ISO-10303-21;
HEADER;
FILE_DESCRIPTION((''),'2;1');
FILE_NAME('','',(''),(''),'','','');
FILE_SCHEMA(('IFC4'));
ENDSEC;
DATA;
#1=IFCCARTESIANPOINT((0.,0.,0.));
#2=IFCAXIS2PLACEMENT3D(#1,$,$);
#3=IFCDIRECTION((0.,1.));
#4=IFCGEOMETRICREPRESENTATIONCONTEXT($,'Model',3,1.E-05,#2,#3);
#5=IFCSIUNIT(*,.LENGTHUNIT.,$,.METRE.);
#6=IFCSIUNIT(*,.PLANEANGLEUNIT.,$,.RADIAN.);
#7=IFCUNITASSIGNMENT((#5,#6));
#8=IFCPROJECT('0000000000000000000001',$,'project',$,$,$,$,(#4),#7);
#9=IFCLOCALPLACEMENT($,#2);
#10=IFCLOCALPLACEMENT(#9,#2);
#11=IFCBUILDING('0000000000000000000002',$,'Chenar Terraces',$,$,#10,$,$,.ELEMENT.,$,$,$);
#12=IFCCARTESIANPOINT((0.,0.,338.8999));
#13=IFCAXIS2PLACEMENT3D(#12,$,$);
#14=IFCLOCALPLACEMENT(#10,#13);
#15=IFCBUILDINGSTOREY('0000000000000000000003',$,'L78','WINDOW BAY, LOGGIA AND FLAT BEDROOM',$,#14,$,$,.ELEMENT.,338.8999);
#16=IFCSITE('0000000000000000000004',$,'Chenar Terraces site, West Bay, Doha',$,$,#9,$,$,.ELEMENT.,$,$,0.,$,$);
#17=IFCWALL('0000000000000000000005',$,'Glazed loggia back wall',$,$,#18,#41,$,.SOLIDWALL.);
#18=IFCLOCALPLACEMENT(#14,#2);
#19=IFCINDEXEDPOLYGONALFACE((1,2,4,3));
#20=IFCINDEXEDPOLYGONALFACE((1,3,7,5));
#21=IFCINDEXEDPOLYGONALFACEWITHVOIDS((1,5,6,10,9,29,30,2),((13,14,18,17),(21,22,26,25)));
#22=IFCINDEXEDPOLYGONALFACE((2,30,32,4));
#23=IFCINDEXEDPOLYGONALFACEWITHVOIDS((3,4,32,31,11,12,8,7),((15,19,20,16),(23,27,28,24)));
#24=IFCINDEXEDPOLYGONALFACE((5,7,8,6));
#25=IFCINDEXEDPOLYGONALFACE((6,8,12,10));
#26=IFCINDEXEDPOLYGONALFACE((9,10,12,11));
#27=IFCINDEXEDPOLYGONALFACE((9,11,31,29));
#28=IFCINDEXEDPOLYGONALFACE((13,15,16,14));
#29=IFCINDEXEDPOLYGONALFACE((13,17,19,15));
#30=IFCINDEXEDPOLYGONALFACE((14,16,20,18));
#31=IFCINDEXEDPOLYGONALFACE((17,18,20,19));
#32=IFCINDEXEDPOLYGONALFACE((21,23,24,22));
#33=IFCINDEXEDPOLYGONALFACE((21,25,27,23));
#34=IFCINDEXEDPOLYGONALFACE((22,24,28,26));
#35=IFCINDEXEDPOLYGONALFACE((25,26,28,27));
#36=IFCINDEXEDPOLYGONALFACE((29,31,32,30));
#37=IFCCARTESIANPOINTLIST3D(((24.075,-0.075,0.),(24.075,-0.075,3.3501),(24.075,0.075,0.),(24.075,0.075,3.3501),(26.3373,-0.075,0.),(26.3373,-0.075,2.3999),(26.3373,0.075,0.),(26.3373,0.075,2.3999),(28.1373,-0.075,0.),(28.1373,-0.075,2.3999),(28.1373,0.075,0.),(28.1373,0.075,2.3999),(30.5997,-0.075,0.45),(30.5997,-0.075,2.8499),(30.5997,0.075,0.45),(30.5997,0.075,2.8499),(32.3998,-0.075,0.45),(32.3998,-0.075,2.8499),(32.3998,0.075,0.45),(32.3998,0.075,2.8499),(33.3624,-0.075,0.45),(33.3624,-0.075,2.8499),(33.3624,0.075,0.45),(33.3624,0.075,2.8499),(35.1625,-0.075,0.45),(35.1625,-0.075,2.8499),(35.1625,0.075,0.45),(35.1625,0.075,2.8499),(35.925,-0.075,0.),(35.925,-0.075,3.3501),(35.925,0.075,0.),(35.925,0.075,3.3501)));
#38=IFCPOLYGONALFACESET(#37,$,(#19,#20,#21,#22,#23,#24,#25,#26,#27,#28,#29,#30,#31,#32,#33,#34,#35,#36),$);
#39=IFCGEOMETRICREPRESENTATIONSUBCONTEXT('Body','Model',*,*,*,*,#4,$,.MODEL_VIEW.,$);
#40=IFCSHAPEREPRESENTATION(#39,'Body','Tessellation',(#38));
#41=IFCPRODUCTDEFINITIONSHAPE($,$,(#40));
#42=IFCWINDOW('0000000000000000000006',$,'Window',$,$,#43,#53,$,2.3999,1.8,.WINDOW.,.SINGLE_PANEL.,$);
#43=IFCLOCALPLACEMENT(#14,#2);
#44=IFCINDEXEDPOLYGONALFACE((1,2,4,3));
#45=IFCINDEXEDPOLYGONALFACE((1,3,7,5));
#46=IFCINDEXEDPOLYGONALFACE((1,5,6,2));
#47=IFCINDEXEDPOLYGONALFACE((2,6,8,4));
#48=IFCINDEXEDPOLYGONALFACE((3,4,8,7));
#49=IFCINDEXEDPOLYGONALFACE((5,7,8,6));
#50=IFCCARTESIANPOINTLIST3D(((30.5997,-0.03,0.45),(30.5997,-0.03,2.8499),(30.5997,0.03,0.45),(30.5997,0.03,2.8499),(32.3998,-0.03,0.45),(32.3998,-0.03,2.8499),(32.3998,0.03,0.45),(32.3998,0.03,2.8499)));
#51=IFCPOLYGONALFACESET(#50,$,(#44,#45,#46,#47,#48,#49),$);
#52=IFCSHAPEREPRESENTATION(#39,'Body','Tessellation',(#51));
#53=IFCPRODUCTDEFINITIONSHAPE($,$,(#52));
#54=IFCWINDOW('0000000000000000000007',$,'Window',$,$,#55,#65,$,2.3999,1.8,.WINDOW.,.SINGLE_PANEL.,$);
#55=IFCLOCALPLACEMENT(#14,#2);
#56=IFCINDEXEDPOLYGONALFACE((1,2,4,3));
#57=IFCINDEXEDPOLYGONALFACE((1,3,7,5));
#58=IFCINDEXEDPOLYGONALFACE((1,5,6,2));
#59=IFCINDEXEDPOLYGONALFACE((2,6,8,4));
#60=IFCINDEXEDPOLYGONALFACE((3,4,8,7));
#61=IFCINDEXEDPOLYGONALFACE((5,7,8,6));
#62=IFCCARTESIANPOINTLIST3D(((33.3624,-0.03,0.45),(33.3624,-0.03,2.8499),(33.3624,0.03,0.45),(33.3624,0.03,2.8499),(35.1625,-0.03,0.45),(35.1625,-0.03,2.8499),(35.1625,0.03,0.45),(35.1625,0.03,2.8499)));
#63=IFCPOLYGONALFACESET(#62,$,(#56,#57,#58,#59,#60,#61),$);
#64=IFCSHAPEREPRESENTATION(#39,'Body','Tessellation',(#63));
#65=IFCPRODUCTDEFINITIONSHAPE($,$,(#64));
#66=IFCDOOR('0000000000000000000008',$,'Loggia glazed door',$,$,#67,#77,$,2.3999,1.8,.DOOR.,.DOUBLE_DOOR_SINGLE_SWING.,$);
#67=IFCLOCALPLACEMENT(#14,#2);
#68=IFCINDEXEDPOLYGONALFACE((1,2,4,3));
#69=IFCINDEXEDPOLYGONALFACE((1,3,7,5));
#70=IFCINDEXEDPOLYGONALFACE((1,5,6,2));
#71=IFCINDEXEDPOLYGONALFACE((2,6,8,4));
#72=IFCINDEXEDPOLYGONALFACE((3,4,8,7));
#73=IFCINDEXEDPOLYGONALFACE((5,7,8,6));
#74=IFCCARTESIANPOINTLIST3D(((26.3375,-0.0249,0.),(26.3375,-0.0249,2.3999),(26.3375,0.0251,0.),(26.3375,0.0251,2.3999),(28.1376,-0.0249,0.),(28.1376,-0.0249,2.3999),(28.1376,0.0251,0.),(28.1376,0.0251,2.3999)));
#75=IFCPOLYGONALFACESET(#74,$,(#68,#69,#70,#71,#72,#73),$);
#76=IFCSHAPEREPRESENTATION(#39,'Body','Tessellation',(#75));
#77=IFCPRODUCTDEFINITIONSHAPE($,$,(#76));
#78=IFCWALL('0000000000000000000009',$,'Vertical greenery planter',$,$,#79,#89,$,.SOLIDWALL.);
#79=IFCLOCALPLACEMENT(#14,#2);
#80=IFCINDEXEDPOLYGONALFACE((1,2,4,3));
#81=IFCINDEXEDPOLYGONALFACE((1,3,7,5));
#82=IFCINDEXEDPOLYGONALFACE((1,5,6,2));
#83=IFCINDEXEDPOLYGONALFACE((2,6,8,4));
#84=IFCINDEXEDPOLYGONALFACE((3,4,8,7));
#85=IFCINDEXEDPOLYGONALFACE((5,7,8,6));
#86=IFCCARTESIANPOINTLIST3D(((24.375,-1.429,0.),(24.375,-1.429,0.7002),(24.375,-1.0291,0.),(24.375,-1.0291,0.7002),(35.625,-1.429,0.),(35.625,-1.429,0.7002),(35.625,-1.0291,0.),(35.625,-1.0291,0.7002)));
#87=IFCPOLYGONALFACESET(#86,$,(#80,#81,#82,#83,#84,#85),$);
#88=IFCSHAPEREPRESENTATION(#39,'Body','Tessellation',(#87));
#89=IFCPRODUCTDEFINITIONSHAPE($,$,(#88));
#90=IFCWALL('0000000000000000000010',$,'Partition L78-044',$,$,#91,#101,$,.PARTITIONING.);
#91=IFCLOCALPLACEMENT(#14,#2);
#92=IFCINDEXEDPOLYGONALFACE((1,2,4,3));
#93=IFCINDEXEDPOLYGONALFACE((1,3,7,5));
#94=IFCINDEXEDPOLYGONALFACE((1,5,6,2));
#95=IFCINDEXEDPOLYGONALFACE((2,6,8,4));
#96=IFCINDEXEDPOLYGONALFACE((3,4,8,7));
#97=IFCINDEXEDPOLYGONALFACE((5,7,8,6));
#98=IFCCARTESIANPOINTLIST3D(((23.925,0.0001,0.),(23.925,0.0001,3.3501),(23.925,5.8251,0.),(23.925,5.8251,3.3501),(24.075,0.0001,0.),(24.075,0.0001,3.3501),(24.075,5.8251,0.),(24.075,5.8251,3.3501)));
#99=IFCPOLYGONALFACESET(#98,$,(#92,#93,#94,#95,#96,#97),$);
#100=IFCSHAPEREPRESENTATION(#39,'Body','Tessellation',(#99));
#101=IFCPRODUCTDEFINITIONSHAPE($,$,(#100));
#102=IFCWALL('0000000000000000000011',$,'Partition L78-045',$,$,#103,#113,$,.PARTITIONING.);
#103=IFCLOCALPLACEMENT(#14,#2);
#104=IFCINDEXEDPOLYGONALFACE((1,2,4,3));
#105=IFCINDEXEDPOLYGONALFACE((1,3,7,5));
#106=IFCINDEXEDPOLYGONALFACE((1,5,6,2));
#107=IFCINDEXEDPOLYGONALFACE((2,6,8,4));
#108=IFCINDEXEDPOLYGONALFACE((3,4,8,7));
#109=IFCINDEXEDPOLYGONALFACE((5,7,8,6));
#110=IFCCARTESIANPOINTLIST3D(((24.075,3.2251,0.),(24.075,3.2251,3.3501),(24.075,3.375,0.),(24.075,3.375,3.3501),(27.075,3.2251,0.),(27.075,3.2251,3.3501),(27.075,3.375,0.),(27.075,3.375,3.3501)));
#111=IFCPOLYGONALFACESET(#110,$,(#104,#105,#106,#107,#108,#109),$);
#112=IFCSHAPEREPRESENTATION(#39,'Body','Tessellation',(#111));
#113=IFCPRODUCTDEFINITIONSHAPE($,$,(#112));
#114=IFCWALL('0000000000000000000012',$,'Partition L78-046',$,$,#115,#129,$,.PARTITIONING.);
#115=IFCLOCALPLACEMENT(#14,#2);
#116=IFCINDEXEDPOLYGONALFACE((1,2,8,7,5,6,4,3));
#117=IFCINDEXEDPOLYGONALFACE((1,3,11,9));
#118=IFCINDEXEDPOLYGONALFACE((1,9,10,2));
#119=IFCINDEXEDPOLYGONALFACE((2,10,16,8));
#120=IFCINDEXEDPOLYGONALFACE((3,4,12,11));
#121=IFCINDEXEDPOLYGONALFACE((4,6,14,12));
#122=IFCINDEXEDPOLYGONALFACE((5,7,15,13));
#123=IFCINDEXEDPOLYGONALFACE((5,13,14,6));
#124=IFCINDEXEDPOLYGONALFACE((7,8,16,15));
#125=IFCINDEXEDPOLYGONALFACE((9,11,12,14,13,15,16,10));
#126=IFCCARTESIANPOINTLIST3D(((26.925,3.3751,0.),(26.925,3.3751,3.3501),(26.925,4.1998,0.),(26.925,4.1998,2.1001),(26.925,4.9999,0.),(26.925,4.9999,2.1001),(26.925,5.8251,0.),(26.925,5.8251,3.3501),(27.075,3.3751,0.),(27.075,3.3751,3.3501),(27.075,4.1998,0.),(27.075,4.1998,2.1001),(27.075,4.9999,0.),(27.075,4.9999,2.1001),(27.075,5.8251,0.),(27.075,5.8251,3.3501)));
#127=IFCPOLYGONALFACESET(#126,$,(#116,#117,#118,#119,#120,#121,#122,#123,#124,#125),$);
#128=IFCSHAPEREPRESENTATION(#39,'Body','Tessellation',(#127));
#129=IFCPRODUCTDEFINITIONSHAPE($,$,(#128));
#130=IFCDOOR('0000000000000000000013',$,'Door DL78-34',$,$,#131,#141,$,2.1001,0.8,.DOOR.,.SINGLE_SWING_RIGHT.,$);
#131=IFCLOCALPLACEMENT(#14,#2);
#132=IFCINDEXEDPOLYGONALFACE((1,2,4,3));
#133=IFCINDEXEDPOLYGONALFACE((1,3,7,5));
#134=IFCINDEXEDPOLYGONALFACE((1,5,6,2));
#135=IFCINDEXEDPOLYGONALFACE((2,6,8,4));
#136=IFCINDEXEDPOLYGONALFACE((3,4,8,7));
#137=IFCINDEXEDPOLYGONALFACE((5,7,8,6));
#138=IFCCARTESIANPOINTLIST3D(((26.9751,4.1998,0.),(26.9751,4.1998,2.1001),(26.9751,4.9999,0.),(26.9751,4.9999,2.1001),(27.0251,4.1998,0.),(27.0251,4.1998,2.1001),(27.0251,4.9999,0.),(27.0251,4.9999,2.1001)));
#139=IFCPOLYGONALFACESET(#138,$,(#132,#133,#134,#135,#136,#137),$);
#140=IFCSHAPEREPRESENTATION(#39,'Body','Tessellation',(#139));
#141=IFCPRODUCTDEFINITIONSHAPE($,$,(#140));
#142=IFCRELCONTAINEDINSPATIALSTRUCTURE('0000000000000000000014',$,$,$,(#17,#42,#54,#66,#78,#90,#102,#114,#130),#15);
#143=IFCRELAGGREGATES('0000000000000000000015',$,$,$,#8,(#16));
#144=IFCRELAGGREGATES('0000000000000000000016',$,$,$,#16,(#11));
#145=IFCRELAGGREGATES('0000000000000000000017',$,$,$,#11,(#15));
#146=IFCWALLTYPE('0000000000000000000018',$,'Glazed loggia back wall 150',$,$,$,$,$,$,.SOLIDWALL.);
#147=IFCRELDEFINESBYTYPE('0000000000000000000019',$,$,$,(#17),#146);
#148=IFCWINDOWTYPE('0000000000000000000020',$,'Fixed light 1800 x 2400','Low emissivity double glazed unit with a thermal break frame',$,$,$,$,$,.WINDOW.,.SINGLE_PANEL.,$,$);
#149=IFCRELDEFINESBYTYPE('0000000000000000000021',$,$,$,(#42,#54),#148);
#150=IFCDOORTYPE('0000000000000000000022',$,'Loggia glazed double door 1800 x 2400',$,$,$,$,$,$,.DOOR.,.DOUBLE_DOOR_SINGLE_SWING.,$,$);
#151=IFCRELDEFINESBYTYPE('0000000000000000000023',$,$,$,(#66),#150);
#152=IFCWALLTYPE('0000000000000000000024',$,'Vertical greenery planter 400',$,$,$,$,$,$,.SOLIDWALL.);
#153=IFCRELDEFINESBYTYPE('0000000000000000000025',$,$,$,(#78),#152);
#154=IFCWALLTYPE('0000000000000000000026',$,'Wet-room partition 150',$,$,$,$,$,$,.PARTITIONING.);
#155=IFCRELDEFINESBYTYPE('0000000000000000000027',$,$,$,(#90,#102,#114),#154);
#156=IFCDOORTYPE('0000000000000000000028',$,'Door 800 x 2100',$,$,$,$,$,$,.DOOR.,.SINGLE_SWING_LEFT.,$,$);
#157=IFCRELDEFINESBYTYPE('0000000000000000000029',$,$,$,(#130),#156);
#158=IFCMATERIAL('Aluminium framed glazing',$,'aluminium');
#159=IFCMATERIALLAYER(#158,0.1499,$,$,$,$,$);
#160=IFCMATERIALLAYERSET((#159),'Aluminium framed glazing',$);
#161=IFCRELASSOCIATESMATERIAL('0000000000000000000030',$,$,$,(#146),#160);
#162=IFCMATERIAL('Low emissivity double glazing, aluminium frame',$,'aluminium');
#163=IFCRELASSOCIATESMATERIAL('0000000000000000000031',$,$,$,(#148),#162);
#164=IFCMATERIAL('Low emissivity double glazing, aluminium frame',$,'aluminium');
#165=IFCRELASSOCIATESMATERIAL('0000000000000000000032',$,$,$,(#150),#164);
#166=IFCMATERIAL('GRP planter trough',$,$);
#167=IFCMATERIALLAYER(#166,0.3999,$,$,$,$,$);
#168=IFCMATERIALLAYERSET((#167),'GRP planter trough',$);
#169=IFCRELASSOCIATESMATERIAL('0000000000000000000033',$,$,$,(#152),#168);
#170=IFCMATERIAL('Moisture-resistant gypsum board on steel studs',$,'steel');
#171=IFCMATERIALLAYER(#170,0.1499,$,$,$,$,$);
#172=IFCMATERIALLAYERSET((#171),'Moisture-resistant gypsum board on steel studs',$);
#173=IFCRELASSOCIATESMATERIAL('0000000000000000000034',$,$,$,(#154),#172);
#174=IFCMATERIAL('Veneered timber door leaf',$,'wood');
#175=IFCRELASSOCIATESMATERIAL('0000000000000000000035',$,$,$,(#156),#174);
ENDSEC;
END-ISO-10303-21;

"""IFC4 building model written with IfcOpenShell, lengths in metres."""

from ifc_helpers import new_model, si_unit, direction, frame, frame_2d, origin, place, context, subcontext, project, spatial, rectangle, extrude, material, layer, layer_set, type_object, element, fill, save


model = new_model("IFC4")

# Units and contexts
model_context = context("Model", 3, precision=1e-05, world=origin(), true_north=direction((0.0, 1.0)))
body_context = subcontext(model_context, "Body", "Model", "MODEL_VIEW")
ifc_project = project(units=[si_unit("LENGTHUNIT", "METRE"), si_unit("PLANEANGLEUNIT", "RADIAN")], contexts=[model_context])

# Site, building, storey
site_placement = place(None, origin())
site = spatial("IfcSite", under=ifc_project, at=site_placement, Name="Chenar Terraces site, West Bay, Doha", CompositionType="ELEMENT", RefElevation=0.0)
building_placement = place(site_placement, origin())
building = spatial("IfcBuilding", under=site, at=building_placement, Name="Chenar Terraces", CompositionType="ELEMENT")
storey_placement = place(building_placement, frame((0.0, 0.0, 338.8999)))
storey = spatial("IfcBuildingStorey", under=building, at=storey_placement, Name="L78", Description="WINDOW BAY, LOGGIA AND FLAT BEDROOM", CompositionType="ELEMENT", Elevation=338.8999)

# Wall, openings, windows, door
ifc_material_1 = material(Name="Aluminium framed glazing", Category="aluminium")
ifc_layer_1 = layer(ifc_material_1, 0.1499)
ifc_layer_set_1 = layer_set([ifc_layer_1], Name="Aluminium framed glazing")
wall_type_1 = type_object("IfcWallType", Name="Glazed loggia back wall 150", PredefinedType="SOLIDWALL", material=ifc_layer_set_1)
wall_1_placement = place(storey_placement, frame((24.075, 0.0, 0.0), z_axis=(0.0, 0.0, 1.0), x_axis=(1.0, 0.0, 0.0)))
wall_1 = element("IfcWall", 1, at=wall_1_placement, inside=storey, type_object=wall_type_1, Name="Glazed loggia back wall", PredefinedType="SOLIDWALL", context=body_context, shape_type="SweptSolid", body=[
    extrude(rectangle(XDim=11.8501, YDim=0.1499, at=frame_2d((5.925, 0.0))), origin(), (0.0, 0.0, 1.0), 3.3501),
])
opening_1_placement = place(wall_1_placement, frame((2.2625, 0.0, 0.0)))
opening_1 = element("IfcOpeningElement", 2, at=opening_1_placement, cuts=wall_1, PredefinedType="OPENING", context=body_context, shape_type="SweptSolid", body=[
    extrude(rectangle(XDim=1.8, YDim=2.3999, at=frame_2d((0.8999, 1.2))), frame((0.0, 0.085, 0.0), z_axis=(0.0, -1.0, 0.0), x_axis=(1.0, 0.0, 0.0)), (0.0, 0.0, 1.0), 0.1699),
])
opening_2_placement = place(wall_1_placement, frame((6.5249, 0.0, 0.45)))
opening_2 = element("IfcOpeningElement", 3, at=opening_2_placement, cuts=wall_1, PredefinedType="OPENING", context=body_context, shape_type="SweptSolid", body=[
    extrude(rectangle(XDim=1.8, YDim=2.3999, at=frame_2d((0.8999, 1.2))), frame((0.0, 0.085, 0.0), z_axis=(0.0, -1.0, 0.0), x_axis=(1.0, 0.0, 0.0)), (0.0, 0.0, 1.0), 0.1699),
])
opening_3_placement = place(wall_1_placement, frame((9.2876, 0.0, 0.45)))
opening_3 = element("IfcOpeningElement", 4, at=opening_3_placement, cuts=wall_1, PredefinedType="OPENING", context=body_context, shape_type="SweptSolid", body=[
    extrude(rectangle(XDim=1.8, YDim=2.3999, at=frame_2d((0.8999, 1.2))), frame((0.0, 0.085, 0.0), z_axis=(0.0, -1.0, 0.0), x_axis=(1.0, 0.0, 0.0)), (0.0, 0.0, 1.0), 0.1699),
])
ifc_material_2 = material(Name="Low emissivity double glazing, aluminium frame", Category="aluminium")
window_type = type_object("IfcWindowType", Name="Fixed light 1800 x 2400", Description="Low emissivity double glazed unit with a thermal break frame", PartitioningType="SINGLE_PANEL", PredefinedType="WINDOW", material=ifc_material_2)
window_1_placement = place(opening_2_placement, origin())
window_1 = element("IfcWindow", 5, at=window_1_placement, inside=storey, type_object=window_type, Name="Window", OverallHeight=2.3999, OverallWidth=1.8, PartitioningType="SINGLE_PANEL", PredefinedType="WINDOW", context=body_context, shape_type="SweptSolid", body=[
    extrude(rectangle(XDim=1.8, YDim=2.3999, at=frame_2d((0.8999, 1.2))), frame((0.0, 0.03, 0.0), z_axis=(0.0, -1.0, 0.0), x_axis=(1.0, 0.0, 0.0)), (0.0, 0.0, 1.0), 0.0601),
])
fill(opening_2, window_1)
window_2_placement = place(opening_3_placement, origin())
window_2 = element("IfcWindow", 6, at=window_2_placement, inside=storey, type_object=window_type, Name="Window", OverallHeight=2.3999, OverallWidth=1.8, PartitioningType="SINGLE_PANEL", PredefinedType="WINDOW", context=body_context, shape_type="SweptSolid", body=[
    extrude(rectangle(XDim=1.8, YDim=2.3999, at=frame_2d((0.8999, 1.2))), frame((0.0, 0.03, 0.0), z_axis=(0.0, -1.0, 0.0), x_axis=(1.0, 0.0, 0.0)), (0.0, 0.0, 1.0), 0.0601),
])
fill(opening_3, window_2)
ifc_material_3 = material(Name="Low emissivity double glazing, aluminium frame", Category="aluminium")
door_type_1 = type_object("IfcDoorType", Name="Loggia glazed double door 1800 x 2400", OperationType="DOUBLE_DOOR_SINGLE_SWING", PredefinedType="DOOR", material=ifc_material_3)
door_1_placement = place(opening_1_placement, frame((1.8, 0.0, 0.0), z_axis=(0.0, 0.0, 1.0), x_axis=(-1.0, 0.0, 0.0)))
door_1 = element("IfcDoor", 7, at=door_1_placement, inside=storey, type_object=door_type_1, Name="Loggia glazed door", OperationType="DOUBLE_DOOR_SINGLE_SWING", OverallHeight=2.3999, OverallWidth=1.8, PredefinedType="DOOR", context=body_context, shape_type="SweptSolid", body=[
    extrude(rectangle(XDim=1.8, YDim=2.3999, at=frame_2d((0.8999, 1.2))), frame((0.0, 0.0249, 0.0), z_axis=(0.0, -1.0, 0.0), x_axis=(1.0, 0.0, 0.0)), (0.0, 0.0, 1.0), 0.05),
])
fill(opening_1, door_1)

# Walls
ifc_material_4 = material(Name="GRP planter trough")
ifc_layer_2 = layer(ifc_material_4, 0.3999)
ifc_layer_set_2 = layer_set([ifc_layer_2], Name="GRP planter trough")
wall_type_2 = type_object("IfcWallType", Name="Vertical greenery planter 400", PredefinedType="SOLIDWALL", material=ifc_layer_set_2)
wall_2_placement = place(storey_placement, frame((24.375, -1.229, 0.0), z_axis=(0.0, 0.0, 1.0), x_axis=(1.0, 0.0, 0.0)))
element("IfcWall", 8, at=wall_2_placement, inside=storey, type_object=wall_type_2, Name="Vertical greenery planter", PredefinedType="SOLIDWALL", context=body_context, shape_type="SweptSolid", body=[
    extrude(rectangle(XDim=11.25, YDim=0.3999, at=frame_2d((5.625, 0.0))), origin(), (0.0, 0.0, 1.0), 0.7002),
])
ifc_material_5 = material(Name="Moisture-resistant gypsum board on steel studs", Category="steel")
ifc_layer_3 = layer(ifc_material_5, 0.1499)
ifc_layer_set_3 = layer_set([ifc_layer_3], Name="Moisture-resistant gypsum board on steel studs")
wall_type_3 = type_object("IfcWallType", Name="Wet-room partition 150", PredefinedType="PARTITIONING", material=ifc_layer_set_3)
wall_3_placement = place(storey_placement, frame((24.0, 0.0, 0.0), z_axis=(0.0, 0.0, 1.0), x_axis=(0.0, 1.0, 0.0)))
element("IfcWall", 9, at=wall_3_placement, inside=storey, type_object=wall_type_3, Name="Partition L78-044", PredefinedType="PARTITIONING", context=body_context, shape_type="SweptSolid", body=[
    extrude(rectangle(XDim=5.825, YDim=0.1499, at=frame_2d((2.9126, 0.0))), origin(), (0.0, 0.0, 1.0), 3.3501),
])
wall_4_placement = place(storey_placement, frame((24.075, 3.3, 0.0), z_axis=(0.0, 0.0, 1.0), x_axis=(1.0, 0.0, 0.0)))
element("IfcWall", 10, at=wall_4_placement, inside=storey, type_object=wall_type_3, Name="Partition L78-045", PredefinedType="PARTITIONING", context=body_context, shape_type="SweptSolid", body=[
    extrude(rectangle(XDim=3.0, YDim=0.1499, at=frame_2d((1.5, 0.0))), origin(), (0.0, 0.0, 1.0), 3.3501),
])

# Wall, opening, door
wall_5_placement = place(storey_placement, frame((27.0, 3.375, 0.0), z_axis=(0.0, 0.0, 1.0), x_axis=(0.0, 1.0, 0.0)))
wall_5 = element("IfcWall", 11, at=wall_5_placement, inside=storey, type_object=wall_type_3, Name="Partition L78-046", PredefinedType="PARTITIONING", context=body_context, shape_type="SweptSolid", body=[
    extrude(rectangle(XDim=2.45, YDim=0.1499, at=frame_2d((1.2251, 0.0))), origin(), (0.0, 0.0, 1.0), 3.3501),
])
opening_4_placement = place(wall_5_placement, frame((0.825, 0.0, 0.0)))
opening_4 = element("IfcOpeningElement", 12, at=opening_4_placement, cuts=wall_5, PredefinedType="OPENING", context=body_context, shape_type="SweptSolid", body=[
    extrude(rectangle(XDim=0.8, YDim=2.1001, at=frame_2d((0.3999, 1.05))), frame((0.0, 0.085, 0.0), z_axis=(0.0, -1.0, 0.0), x_axis=(1.0, 0.0, 0.0)), (0.0, 0.0, 1.0), 0.1699),
])
ifc_material_6 = material(Name="Veneered timber door leaf", Category="wood")
door_type_2 = type_object("IfcDoorType", Name="Door 800 x 2100", OperationType="SINGLE_SWING_LEFT", PredefinedType="DOOR", material=ifc_material_6)
door_2_placement = place(opening_4_placement, origin())
door_2 = element("IfcDoor", 13, at=door_2_placement, inside=storey, type_object=door_type_2, Name="Door DL78-34", OperationType="SINGLE_SWING_RIGHT", OverallHeight=2.1001, OverallWidth=0.8, PredefinedType="DOOR", context=body_context, shape_type="SweptSolid", body=[
    extrude(rectangle(XDim=0.8, YDim=2.1001, at=frame_2d((0.3999, 1.05))), frame((0.0, 0.0249, 0.0), z_axis=(0.0, -1.0, 0.0), x_axis=(1.0, 0.0, 0.0)), (0.0, 0.0, 1.0), 0.05),
])
fill(opening_4, door_2)

save(model, "model.ifc")
